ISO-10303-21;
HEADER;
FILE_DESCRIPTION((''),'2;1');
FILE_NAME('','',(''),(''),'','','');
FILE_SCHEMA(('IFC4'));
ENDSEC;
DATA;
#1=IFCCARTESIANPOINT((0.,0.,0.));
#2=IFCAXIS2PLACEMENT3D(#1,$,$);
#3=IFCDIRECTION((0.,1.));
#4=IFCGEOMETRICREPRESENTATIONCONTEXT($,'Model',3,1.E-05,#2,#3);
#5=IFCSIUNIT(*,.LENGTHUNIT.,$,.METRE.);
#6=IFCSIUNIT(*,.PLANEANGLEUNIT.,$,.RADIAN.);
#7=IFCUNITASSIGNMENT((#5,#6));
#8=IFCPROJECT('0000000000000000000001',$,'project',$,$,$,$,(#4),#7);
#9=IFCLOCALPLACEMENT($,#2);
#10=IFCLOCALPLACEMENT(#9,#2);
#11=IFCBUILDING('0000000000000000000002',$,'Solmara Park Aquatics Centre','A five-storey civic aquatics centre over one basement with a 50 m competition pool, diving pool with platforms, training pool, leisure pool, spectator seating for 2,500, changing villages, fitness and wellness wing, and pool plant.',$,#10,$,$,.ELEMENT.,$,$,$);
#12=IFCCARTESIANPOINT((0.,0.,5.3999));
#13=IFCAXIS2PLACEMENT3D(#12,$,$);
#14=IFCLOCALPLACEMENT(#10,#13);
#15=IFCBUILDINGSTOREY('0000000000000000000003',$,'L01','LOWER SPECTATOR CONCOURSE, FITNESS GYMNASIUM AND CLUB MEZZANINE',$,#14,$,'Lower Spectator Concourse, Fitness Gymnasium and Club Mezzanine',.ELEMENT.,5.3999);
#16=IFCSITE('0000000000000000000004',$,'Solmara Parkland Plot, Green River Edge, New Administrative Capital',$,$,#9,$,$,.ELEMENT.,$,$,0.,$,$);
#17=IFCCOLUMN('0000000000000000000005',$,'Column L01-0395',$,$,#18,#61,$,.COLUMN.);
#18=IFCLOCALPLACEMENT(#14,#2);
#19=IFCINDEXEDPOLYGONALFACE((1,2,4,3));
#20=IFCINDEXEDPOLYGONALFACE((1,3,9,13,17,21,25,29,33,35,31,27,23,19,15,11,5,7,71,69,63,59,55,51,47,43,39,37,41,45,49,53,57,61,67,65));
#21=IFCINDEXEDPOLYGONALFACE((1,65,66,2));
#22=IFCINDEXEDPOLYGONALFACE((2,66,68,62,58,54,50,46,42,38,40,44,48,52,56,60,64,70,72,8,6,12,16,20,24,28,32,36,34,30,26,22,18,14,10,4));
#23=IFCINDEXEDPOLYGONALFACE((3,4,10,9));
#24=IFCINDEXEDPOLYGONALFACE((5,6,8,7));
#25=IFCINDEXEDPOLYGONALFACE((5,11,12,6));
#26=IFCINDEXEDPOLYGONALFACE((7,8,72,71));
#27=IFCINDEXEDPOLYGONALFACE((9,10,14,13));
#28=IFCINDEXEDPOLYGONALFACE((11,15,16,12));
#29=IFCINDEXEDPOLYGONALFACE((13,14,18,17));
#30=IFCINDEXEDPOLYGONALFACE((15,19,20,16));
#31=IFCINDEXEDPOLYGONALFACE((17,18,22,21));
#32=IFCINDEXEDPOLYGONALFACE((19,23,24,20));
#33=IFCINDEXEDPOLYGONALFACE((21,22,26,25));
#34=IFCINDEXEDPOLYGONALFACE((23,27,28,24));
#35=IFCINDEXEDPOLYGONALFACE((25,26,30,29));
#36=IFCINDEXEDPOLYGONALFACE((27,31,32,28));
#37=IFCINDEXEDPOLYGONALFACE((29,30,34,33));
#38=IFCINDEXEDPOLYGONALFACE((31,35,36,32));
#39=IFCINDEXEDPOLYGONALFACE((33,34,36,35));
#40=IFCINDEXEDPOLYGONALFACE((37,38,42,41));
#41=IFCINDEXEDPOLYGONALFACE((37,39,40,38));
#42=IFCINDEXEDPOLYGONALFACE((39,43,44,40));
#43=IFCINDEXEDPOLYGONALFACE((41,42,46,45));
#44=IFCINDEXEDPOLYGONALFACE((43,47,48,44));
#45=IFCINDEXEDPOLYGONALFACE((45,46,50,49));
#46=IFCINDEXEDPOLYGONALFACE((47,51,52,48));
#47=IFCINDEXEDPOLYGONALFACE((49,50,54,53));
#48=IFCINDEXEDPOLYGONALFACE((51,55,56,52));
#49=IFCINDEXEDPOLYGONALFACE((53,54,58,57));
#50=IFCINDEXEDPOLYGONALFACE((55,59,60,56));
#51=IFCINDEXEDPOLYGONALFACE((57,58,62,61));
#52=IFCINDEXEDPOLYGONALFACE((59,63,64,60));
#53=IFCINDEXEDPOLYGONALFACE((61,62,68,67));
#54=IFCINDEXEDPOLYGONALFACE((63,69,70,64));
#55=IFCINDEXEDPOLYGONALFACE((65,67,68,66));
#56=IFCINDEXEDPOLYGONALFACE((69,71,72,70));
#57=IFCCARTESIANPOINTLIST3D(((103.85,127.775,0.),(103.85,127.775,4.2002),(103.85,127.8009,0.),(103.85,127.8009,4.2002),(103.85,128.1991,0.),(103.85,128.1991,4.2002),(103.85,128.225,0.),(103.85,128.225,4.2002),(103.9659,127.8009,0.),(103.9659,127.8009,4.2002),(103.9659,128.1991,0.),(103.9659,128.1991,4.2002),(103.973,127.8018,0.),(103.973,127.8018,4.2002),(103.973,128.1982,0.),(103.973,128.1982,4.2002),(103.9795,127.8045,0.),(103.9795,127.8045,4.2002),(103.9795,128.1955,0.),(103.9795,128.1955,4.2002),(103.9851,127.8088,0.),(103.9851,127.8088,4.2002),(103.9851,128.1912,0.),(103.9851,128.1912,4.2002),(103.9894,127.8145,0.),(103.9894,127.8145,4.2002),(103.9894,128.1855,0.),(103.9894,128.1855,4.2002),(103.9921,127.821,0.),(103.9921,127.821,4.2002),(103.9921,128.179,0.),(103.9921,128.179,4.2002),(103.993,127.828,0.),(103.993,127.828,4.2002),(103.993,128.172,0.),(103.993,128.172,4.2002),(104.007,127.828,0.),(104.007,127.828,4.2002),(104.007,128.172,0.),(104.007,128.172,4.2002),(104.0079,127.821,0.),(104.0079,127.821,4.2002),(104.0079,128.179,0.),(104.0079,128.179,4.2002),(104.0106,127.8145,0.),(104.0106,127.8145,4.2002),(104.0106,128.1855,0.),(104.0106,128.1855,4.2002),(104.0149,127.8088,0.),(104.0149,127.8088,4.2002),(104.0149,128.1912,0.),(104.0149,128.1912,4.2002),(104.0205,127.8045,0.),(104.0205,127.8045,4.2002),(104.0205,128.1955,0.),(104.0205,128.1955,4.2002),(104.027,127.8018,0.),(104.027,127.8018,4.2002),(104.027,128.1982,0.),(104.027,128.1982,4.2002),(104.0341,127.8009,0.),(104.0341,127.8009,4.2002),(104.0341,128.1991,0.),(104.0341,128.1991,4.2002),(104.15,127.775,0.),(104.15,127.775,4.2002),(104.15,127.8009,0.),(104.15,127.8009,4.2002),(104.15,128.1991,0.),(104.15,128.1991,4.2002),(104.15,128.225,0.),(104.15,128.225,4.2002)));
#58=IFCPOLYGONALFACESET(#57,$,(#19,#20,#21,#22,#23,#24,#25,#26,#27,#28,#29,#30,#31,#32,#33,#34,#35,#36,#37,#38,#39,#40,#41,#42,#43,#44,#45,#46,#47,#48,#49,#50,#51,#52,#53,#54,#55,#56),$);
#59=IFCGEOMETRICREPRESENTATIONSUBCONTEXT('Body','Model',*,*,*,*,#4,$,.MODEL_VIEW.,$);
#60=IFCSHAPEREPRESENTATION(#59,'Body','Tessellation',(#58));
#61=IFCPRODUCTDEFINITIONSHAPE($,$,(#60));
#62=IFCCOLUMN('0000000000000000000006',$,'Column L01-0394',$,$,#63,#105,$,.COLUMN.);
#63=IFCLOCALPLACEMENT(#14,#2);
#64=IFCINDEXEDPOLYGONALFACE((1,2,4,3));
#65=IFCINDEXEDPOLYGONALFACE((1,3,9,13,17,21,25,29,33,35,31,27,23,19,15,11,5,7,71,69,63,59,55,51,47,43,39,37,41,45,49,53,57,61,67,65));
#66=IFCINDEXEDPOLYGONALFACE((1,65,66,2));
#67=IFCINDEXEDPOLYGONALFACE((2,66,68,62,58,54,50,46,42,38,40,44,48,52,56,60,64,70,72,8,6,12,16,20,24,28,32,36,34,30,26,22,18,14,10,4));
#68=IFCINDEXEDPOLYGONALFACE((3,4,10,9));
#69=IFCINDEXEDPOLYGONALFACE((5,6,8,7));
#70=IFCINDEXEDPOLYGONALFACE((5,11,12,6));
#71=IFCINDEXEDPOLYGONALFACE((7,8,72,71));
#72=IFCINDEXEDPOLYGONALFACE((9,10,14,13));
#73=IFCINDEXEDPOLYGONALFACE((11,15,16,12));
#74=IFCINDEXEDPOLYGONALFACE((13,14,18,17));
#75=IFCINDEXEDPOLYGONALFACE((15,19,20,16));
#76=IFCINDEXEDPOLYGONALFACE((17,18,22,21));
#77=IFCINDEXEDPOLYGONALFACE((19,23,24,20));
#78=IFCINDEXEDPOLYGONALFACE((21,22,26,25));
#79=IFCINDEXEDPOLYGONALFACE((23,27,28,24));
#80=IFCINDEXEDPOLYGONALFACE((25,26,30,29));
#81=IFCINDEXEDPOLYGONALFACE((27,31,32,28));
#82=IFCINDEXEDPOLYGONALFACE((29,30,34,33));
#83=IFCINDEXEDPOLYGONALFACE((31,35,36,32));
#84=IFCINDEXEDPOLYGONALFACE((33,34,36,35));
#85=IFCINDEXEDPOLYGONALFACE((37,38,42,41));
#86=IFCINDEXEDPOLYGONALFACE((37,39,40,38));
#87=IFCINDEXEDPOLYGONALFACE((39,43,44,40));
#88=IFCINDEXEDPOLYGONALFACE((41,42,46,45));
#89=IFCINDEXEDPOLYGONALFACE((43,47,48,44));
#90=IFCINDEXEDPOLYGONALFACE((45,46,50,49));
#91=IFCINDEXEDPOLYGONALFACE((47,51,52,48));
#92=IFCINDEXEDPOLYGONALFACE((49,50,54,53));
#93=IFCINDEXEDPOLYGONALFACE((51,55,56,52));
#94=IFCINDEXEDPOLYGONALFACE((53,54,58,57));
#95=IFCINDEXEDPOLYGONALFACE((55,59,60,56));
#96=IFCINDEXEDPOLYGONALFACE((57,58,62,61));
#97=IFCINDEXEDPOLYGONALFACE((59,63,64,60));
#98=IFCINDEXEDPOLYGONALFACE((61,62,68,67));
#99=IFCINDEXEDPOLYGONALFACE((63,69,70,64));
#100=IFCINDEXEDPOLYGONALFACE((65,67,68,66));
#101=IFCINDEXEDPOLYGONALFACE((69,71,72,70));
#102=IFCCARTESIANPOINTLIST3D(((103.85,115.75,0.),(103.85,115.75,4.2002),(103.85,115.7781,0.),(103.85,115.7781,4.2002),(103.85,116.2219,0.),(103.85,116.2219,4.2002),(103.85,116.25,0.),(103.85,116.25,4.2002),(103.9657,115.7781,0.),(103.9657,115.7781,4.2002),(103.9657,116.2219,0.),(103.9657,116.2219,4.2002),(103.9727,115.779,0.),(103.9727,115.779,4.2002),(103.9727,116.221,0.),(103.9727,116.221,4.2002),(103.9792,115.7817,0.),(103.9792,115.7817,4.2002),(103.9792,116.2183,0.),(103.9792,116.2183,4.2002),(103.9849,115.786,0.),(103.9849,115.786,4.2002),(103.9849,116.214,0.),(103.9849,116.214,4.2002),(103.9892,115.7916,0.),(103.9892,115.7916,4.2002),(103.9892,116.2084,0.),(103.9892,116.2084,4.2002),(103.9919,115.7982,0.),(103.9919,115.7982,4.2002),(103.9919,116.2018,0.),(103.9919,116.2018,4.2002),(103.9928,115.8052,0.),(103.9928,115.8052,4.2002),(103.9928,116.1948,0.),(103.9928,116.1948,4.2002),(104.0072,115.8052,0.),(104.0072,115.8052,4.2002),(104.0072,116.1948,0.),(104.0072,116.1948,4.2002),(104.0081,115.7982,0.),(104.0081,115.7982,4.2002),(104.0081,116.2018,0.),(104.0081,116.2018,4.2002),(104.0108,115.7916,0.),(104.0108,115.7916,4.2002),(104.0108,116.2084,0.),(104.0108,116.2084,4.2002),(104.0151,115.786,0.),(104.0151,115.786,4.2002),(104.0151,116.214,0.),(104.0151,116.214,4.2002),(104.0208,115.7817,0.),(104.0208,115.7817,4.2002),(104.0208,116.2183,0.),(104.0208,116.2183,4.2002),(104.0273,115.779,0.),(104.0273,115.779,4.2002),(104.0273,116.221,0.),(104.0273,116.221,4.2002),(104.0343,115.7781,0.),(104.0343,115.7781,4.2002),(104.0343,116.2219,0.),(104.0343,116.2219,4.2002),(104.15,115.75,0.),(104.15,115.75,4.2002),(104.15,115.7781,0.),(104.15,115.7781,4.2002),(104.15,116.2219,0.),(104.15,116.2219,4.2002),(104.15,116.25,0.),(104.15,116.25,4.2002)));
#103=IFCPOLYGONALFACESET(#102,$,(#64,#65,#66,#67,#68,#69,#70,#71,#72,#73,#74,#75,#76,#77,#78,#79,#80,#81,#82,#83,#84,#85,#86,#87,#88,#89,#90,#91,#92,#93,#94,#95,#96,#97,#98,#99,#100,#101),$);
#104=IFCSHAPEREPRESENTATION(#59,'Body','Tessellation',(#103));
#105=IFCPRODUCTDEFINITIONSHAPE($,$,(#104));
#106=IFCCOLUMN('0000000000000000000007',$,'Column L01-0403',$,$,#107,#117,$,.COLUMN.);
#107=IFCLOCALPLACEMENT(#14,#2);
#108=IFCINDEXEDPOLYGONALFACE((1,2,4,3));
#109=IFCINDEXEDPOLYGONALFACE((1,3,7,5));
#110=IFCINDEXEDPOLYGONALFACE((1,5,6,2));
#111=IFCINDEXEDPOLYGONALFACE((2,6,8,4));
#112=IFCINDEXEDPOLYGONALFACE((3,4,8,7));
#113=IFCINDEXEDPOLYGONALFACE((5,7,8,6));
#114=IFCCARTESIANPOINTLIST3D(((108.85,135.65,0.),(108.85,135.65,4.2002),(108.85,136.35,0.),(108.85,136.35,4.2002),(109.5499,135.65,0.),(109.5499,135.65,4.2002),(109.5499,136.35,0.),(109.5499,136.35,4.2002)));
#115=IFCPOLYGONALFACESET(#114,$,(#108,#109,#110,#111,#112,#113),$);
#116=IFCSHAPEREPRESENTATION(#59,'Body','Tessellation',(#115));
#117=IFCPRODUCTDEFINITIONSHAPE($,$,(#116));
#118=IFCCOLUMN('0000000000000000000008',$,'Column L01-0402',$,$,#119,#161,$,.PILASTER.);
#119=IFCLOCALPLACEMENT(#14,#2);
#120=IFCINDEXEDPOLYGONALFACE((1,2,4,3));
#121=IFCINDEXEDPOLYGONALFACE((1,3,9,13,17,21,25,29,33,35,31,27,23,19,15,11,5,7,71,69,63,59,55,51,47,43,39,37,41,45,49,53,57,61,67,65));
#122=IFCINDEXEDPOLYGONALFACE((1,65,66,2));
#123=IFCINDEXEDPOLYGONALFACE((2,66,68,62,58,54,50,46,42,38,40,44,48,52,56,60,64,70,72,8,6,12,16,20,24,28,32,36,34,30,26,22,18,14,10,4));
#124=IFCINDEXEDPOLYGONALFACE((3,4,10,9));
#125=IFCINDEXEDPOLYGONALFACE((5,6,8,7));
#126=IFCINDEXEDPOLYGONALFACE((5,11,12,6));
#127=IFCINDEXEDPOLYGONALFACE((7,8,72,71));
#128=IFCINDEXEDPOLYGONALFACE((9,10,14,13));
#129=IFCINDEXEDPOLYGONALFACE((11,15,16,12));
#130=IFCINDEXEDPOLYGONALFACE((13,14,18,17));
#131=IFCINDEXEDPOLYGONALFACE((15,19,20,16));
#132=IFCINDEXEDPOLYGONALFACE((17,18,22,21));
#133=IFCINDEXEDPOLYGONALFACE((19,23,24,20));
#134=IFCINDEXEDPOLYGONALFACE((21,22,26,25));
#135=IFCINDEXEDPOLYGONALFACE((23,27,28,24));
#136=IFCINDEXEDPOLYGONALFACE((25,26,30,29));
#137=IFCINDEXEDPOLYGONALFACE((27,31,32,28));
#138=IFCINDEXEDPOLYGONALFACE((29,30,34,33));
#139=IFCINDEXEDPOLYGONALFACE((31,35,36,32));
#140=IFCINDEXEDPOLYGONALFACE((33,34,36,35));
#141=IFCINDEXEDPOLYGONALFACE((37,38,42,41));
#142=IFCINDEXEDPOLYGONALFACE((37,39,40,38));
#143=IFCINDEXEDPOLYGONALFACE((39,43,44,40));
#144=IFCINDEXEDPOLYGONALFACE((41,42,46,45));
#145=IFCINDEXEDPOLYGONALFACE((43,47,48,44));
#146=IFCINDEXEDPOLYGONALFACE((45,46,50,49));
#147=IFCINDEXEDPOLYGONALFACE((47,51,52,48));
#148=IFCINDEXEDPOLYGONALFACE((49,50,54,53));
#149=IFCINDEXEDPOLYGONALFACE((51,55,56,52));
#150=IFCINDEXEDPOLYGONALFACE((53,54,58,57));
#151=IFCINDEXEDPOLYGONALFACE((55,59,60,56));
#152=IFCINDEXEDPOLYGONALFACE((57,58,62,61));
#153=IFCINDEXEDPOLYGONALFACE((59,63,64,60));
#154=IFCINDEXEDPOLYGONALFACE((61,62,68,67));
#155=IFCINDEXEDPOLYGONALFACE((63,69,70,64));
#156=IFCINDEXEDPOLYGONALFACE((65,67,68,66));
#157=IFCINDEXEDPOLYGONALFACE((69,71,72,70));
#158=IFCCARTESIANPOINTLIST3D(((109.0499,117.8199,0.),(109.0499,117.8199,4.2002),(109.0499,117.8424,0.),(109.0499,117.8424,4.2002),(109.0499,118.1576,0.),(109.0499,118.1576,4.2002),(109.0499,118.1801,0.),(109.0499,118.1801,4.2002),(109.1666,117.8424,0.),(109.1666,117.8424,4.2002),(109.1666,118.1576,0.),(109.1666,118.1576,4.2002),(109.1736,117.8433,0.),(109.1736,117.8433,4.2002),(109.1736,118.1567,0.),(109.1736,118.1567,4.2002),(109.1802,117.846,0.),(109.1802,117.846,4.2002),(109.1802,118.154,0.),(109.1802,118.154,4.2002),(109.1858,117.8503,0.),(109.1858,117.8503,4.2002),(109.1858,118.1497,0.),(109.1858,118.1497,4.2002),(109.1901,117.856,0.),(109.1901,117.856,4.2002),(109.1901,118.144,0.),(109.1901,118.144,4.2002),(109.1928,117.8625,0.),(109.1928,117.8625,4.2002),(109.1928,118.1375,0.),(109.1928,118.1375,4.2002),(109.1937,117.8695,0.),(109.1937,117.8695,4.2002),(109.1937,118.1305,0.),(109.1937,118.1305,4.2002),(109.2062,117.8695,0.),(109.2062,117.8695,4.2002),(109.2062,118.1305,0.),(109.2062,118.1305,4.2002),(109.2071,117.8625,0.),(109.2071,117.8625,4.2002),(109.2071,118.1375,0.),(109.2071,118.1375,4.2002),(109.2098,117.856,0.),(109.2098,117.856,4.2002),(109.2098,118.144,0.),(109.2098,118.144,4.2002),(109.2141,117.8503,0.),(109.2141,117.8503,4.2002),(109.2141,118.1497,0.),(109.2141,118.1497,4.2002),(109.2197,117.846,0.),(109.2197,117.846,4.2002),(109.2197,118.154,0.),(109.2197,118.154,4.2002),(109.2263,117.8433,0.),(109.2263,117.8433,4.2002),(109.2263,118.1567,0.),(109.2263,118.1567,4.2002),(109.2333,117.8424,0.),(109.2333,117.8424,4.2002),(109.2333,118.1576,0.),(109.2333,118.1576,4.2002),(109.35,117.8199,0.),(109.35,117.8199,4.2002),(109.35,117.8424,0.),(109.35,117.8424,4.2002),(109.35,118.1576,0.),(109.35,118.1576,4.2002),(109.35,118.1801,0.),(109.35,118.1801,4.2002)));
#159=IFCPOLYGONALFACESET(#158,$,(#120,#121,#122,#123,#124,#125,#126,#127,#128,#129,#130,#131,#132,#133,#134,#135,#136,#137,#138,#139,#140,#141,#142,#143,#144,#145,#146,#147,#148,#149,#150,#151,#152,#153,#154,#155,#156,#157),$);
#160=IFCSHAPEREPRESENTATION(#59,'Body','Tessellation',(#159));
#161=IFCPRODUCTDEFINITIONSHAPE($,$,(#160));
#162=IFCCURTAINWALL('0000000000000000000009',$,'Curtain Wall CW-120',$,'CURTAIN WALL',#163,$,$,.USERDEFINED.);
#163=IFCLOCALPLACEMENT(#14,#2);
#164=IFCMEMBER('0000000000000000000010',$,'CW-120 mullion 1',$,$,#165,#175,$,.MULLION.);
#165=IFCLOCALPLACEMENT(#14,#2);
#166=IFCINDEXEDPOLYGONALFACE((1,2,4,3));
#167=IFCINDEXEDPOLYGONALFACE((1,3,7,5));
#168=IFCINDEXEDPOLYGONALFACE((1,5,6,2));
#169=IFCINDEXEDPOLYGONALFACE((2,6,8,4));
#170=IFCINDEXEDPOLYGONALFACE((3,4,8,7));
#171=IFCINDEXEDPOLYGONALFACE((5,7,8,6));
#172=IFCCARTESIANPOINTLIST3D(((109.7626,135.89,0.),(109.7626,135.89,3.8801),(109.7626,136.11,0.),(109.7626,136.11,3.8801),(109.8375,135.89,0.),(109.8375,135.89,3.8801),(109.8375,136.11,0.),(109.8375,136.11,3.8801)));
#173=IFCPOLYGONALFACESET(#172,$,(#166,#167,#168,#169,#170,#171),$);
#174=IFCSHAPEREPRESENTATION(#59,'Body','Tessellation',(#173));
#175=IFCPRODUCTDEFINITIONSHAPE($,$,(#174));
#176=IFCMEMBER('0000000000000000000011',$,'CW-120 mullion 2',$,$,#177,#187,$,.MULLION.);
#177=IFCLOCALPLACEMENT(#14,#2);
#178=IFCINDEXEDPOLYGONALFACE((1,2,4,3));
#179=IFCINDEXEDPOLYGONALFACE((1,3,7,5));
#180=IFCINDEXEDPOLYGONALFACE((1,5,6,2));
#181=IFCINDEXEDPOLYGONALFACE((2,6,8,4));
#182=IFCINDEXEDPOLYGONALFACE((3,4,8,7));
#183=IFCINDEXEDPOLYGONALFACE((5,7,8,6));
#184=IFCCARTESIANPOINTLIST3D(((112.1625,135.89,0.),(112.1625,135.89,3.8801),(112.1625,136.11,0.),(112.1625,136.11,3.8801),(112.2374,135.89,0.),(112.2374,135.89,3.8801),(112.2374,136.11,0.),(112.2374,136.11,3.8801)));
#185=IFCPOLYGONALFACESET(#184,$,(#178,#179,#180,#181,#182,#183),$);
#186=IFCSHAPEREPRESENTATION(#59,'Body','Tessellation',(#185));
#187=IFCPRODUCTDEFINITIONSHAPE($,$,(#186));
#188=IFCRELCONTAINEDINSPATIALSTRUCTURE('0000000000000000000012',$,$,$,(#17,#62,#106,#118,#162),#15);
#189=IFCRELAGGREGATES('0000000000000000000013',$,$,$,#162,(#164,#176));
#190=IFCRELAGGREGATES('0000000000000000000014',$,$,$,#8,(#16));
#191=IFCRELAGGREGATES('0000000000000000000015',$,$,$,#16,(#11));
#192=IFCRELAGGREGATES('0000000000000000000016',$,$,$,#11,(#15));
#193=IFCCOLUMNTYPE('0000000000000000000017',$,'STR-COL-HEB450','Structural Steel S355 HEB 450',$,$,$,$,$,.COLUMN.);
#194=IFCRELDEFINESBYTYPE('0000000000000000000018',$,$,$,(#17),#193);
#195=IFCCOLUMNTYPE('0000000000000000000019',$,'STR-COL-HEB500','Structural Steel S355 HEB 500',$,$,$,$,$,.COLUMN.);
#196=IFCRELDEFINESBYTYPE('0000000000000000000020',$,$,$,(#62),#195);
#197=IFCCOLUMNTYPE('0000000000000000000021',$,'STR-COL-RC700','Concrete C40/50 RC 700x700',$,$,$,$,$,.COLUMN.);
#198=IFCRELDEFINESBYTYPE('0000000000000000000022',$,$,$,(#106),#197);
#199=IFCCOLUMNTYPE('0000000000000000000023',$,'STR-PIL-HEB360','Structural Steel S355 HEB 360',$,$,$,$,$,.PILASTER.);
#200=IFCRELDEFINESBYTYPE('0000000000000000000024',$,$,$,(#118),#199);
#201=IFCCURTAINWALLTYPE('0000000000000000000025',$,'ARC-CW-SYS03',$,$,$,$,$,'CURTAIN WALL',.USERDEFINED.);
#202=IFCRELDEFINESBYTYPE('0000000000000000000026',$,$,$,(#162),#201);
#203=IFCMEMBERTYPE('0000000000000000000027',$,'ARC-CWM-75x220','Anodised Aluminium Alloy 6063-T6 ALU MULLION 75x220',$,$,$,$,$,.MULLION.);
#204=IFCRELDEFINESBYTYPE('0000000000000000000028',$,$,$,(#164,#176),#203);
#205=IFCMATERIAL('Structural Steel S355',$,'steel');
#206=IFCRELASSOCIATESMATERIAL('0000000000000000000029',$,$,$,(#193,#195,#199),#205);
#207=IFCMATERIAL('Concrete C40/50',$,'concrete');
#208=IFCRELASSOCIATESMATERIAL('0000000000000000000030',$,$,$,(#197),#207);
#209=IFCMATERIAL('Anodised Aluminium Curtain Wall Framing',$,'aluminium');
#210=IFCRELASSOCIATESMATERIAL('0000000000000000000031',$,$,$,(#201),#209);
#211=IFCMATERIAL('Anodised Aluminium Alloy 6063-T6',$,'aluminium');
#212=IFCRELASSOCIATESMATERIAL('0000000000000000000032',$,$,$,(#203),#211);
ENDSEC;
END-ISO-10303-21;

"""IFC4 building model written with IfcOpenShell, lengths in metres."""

from ifc_helpers import new_model, si_unit, direction, frame, origin, origin_2d, place, context, subcontext, project, spatial, rectangle, i_section, extrude, material, material_profile, profile_set, type_object, element, aggregate, save


model = new_model("IFC4")

# Units and contexts
model_context = context("Model", 3, precision=1e-05, world=origin(), true_north=direction((0.0, 1.0)))
body_context = subcontext(model_context, "Body", "Model", "MODEL_VIEW")
ifc_project = project(units=[si_unit("LENGTHUNIT", "METRE"), si_unit("PLANEANGLEUNIT", "RADIAN")], contexts=[model_context])

# Site, building, storey
site_placement = place(None, origin())
site = spatial("IfcSite", under=ifc_project, at=site_placement, Name="Solmara Parkland Plot, Green River Edge, New Administrative Capital", CompositionType="ELEMENT", RefElevation=0.0)
building_placement = place(site_placement, origin())
building = spatial("IfcBuilding", under=site, at=building_placement, Name="Solmara Park Aquatics Centre", Description="A five-storey civic aquatics centre over one basement with a 50 m competition pool, diving pool with platforms, training pool, leisure pool, spectator seating for 2,500, changing villages, fitness and wellness wing, and pool plant.", CompositionType="ELEMENT")
storey_placement = place(building_placement, frame((0.0, 0.0, 5.3999)))
storey = spatial("IfcBuildingStorey", under=building, at=storey_placement, Name="L01", Description="LOWER SPECTATOR CONCOURSE, FITNESS GYMNASIUM AND CLUB MEZZANINE", LongName="Lower Spectator Concourse, Fitness Gymnasium and Club Mezzanine", CompositionType="ELEMENT", Elevation=5.3999)

# Columns
ifc_material_1 = material(Name="Structural Steel S355", Category="steel")
ifc_material_profile_1 = material_profile(ifc_material_1, i_section(OverallWidth=0.3, OverallDepth=0.45, WebThickness=0.0139, FlangeThickness=0.0259, FilletRadius=0.0271, at=origin_2d()), Name="HEB 450")
ifc_profile_set_1 = profile_set([ifc_material_profile_1], Name="Structural Steel S355")
column_type_1 = type_object("IfcColumnType", Name="STR-COL-HEB450", Description="Structural Steel S355 HEB 450", PredefinedType="COLUMN", material=ifc_profile_set_1)
column_1_placement = place(storey_placement, frame((104.0, 128.0, 0.0), z_axis=(0.0, 0.0, 1.0), x_axis=(1.0, 0.0, 0.0)))
element("IfcColumn", 1, at=column_1_placement, inside=storey, type_object=column_type_1, Name="Column L01-0395", PredefinedType="COLUMN", context=body_context, shape_type="SweptSolid", body=[
    extrude(i_section(OverallWidth=0.3, OverallDepth=0.45, WebThickness=0.0139, FlangeThickness=0.0259, FilletRadius=0.0271, at=origin_2d()), origin(), (0.0, 0.0, 1.0), 4.2002),
])
ifc_material_profile_2 = material_profile(ifc_material_1, i_section(OverallWidth=0.3, OverallDepth=0.5, WebThickness=0.0144, FlangeThickness=0.0281, FilletRadius=0.0271, at=origin_2d()), Name="HEB 500")
ifc_profile_set_2 = profile_set([ifc_material_profile_2], Name="Structural Steel S355")
column_type_2 = type_object("IfcColumnType", Name="STR-COL-HEB500", Description="Structural Steel S355 HEB 500", PredefinedType="COLUMN", material=ifc_profile_set_2)
column_2_placement = place(storey_placement, frame((104.0, 116.0, 0.0), z_axis=(0.0, 0.0, 1.0), x_axis=(1.0, 0.0, 0.0)))
element("IfcColumn", 2, at=column_2_placement, inside=storey, type_object=column_type_2, Name="Column L01-0394", PredefinedType="COLUMN", context=body_context, shape_type="SweptSolid", body=[
    extrude(i_section(OverallWidth=0.3, OverallDepth=0.5, WebThickness=0.0144, FlangeThickness=0.0281, FilletRadius=0.0271, at=origin_2d()), origin(), (0.0, 0.0, 1.0), 4.2002),
])
ifc_material_2 = material(Name="Concrete C40/50", Category="concrete")
ifc_material_profile_3 = material_profile(ifc_material_2, rectangle(XDim=0.7, YDim=0.7, at=origin_2d()), Name="RC 700x700")
ifc_profile_set_3 = profile_set([ifc_material_profile_3], Name="Concrete C40/50")
column_type_3 = type_object("IfcColumnType", Name="STR-COL-RC700", Description="Concrete C40/50 RC 700x700", PredefinedType="COLUMN", material=ifc_profile_set_3)
column_3_placement = place(storey_placement, frame((109.2, 136.0, 0.0), z_axis=(0.0, 0.0, 1.0), x_axis=(1.0, 0.0, 0.0)))
element("IfcColumn", 3, at=column_3_placement, inside=storey, type_object=column_type_3, Name="Column L01-0403", PredefinedType="COLUMN", context=body_context, shape_type="SweptSolid", body=[
    extrude(rectangle(XDim=0.7, YDim=0.7, at=origin_2d()), origin(), (0.0, 0.0, 1.0), 4.2002),
])
ifc_material_profile_4 = material_profile(ifc_material_1, i_section(OverallWidth=0.3, OverallDepth=0.3601, WebThickness=0.0125, FlangeThickness=0.0225, FilletRadius=0.0271, at=origin_2d()), Name="HEB 360")
ifc_profile_set_4 = profile_set([ifc_material_profile_4], Name="Structural Steel S355")
column_type_4 = type_object("IfcColumnType", Name="STR-PIL-HEB360", Description="Structural Steel S355 HEB 360", PredefinedType="PILASTER", material=ifc_profile_set_4)
column_4_placement = place(storey_placement, frame((109.2, 118.0, 0.0), z_axis=(0.0, 0.0, 1.0), x_axis=(1.0, 0.0, 0.0)))
element("IfcColumn", 4, at=column_4_placement, inside=storey, type_object=column_type_4, Name="Column L01-0402", PredefinedType="PILASTER", context=body_context, shape_type="SweptSolid", body=[
    extrude(i_section(OverallWidth=0.3, OverallDepth=0.3601, WebThickness=0.0125, FlangeThickness=0.0225, FilletRadius=0.0271, at=origin_2d()), origin(), (0.0, 0.0, 1.0), 4.2002),
])

# Curtain wall, members
ifc_material_3 = material(Name="Anodised Aluminium Curtain Wall Framing", Category="aluminium")
curtain_wall_type = type_object("IfcCurtainWallType", Name="ARC-CW-SYS03", ElementType="CURTAIN WALL", PredefinedType="USERDEFINED", material=ifc_material_3)
curtain_wall_placement = place(storey_placement, origin())
curtain_wall = element("IfcCurtainWall", 5, at=curtain_wall_placement, inside=storey, type_object=curtain_wall_type, Name="Curtain Wall CW-120", ObjectType="CURTAIN WALL", PredefinedType="USERDEFINED")
ifc_material_4 = material(Name="Anodised Aluminium Alloy 6063-T6", Category="aluminium")
ifc_material_profile_5 = material_profile(ifc_material_4, rectangle(XDim=0.075, YDim=0.22, at=origin_2d()), Name="ALU MULLION 75x220")
ifc_profile_set_5 = profile_set([ifc_material_profile_5], Name="Anodised Aluminium Alloy 6063-T6")
member_type_1 = type_object("IfcMemberType", Name="ARC-CWM-75x220", Description="Anodised Aluminium Alloy 6063-T6 ALU MULLION 75x220", PredefinedType="MULLION", material=ifc_profile_set_5)
member_1_placement = place(storey_placement, frame((109.8, 136.0, 0.0), z_axis=(0.0, 0.0, 1.0), x_axis=(1.0, 0.0, 0.0)))
member_1 = element("IfcMember", 6, at=member_1_placement, type_object=member_type_1, Name="CW-120 mullion 1", PredefinedType="MULLION", context=body_context, shape_type="SweptSolid", body=[
    extrude(rectangle(XDim=0.075, YDim=0.22, at=origin_2d()), origin(), (0.0, 0.0, 1.0), 3.8801),
])
member_2_placement = place(storey_placement, frame((112.2, 136.0, 0.0), z_axis=(0.0, 0.0, 1.0), x_axis=(1.0, 0.0, 0.0)))
member_2 = element("IfcMember", 7, at=member_2_placement, type_object=member_type_1, Name="CW-120 mullion 2", PredefinedType="MULLION", context=body_context, shape_type="SweptSolid", body=[
    extrude(rectangle(XDim=0.075, YDim=0.22, at=origin_2d()), origin(), (0.0, 0.0, 1.0), 3.8801),
])

aggregate(curtain_wall, [member_1, member_2])

save(model, "model.ifc")
